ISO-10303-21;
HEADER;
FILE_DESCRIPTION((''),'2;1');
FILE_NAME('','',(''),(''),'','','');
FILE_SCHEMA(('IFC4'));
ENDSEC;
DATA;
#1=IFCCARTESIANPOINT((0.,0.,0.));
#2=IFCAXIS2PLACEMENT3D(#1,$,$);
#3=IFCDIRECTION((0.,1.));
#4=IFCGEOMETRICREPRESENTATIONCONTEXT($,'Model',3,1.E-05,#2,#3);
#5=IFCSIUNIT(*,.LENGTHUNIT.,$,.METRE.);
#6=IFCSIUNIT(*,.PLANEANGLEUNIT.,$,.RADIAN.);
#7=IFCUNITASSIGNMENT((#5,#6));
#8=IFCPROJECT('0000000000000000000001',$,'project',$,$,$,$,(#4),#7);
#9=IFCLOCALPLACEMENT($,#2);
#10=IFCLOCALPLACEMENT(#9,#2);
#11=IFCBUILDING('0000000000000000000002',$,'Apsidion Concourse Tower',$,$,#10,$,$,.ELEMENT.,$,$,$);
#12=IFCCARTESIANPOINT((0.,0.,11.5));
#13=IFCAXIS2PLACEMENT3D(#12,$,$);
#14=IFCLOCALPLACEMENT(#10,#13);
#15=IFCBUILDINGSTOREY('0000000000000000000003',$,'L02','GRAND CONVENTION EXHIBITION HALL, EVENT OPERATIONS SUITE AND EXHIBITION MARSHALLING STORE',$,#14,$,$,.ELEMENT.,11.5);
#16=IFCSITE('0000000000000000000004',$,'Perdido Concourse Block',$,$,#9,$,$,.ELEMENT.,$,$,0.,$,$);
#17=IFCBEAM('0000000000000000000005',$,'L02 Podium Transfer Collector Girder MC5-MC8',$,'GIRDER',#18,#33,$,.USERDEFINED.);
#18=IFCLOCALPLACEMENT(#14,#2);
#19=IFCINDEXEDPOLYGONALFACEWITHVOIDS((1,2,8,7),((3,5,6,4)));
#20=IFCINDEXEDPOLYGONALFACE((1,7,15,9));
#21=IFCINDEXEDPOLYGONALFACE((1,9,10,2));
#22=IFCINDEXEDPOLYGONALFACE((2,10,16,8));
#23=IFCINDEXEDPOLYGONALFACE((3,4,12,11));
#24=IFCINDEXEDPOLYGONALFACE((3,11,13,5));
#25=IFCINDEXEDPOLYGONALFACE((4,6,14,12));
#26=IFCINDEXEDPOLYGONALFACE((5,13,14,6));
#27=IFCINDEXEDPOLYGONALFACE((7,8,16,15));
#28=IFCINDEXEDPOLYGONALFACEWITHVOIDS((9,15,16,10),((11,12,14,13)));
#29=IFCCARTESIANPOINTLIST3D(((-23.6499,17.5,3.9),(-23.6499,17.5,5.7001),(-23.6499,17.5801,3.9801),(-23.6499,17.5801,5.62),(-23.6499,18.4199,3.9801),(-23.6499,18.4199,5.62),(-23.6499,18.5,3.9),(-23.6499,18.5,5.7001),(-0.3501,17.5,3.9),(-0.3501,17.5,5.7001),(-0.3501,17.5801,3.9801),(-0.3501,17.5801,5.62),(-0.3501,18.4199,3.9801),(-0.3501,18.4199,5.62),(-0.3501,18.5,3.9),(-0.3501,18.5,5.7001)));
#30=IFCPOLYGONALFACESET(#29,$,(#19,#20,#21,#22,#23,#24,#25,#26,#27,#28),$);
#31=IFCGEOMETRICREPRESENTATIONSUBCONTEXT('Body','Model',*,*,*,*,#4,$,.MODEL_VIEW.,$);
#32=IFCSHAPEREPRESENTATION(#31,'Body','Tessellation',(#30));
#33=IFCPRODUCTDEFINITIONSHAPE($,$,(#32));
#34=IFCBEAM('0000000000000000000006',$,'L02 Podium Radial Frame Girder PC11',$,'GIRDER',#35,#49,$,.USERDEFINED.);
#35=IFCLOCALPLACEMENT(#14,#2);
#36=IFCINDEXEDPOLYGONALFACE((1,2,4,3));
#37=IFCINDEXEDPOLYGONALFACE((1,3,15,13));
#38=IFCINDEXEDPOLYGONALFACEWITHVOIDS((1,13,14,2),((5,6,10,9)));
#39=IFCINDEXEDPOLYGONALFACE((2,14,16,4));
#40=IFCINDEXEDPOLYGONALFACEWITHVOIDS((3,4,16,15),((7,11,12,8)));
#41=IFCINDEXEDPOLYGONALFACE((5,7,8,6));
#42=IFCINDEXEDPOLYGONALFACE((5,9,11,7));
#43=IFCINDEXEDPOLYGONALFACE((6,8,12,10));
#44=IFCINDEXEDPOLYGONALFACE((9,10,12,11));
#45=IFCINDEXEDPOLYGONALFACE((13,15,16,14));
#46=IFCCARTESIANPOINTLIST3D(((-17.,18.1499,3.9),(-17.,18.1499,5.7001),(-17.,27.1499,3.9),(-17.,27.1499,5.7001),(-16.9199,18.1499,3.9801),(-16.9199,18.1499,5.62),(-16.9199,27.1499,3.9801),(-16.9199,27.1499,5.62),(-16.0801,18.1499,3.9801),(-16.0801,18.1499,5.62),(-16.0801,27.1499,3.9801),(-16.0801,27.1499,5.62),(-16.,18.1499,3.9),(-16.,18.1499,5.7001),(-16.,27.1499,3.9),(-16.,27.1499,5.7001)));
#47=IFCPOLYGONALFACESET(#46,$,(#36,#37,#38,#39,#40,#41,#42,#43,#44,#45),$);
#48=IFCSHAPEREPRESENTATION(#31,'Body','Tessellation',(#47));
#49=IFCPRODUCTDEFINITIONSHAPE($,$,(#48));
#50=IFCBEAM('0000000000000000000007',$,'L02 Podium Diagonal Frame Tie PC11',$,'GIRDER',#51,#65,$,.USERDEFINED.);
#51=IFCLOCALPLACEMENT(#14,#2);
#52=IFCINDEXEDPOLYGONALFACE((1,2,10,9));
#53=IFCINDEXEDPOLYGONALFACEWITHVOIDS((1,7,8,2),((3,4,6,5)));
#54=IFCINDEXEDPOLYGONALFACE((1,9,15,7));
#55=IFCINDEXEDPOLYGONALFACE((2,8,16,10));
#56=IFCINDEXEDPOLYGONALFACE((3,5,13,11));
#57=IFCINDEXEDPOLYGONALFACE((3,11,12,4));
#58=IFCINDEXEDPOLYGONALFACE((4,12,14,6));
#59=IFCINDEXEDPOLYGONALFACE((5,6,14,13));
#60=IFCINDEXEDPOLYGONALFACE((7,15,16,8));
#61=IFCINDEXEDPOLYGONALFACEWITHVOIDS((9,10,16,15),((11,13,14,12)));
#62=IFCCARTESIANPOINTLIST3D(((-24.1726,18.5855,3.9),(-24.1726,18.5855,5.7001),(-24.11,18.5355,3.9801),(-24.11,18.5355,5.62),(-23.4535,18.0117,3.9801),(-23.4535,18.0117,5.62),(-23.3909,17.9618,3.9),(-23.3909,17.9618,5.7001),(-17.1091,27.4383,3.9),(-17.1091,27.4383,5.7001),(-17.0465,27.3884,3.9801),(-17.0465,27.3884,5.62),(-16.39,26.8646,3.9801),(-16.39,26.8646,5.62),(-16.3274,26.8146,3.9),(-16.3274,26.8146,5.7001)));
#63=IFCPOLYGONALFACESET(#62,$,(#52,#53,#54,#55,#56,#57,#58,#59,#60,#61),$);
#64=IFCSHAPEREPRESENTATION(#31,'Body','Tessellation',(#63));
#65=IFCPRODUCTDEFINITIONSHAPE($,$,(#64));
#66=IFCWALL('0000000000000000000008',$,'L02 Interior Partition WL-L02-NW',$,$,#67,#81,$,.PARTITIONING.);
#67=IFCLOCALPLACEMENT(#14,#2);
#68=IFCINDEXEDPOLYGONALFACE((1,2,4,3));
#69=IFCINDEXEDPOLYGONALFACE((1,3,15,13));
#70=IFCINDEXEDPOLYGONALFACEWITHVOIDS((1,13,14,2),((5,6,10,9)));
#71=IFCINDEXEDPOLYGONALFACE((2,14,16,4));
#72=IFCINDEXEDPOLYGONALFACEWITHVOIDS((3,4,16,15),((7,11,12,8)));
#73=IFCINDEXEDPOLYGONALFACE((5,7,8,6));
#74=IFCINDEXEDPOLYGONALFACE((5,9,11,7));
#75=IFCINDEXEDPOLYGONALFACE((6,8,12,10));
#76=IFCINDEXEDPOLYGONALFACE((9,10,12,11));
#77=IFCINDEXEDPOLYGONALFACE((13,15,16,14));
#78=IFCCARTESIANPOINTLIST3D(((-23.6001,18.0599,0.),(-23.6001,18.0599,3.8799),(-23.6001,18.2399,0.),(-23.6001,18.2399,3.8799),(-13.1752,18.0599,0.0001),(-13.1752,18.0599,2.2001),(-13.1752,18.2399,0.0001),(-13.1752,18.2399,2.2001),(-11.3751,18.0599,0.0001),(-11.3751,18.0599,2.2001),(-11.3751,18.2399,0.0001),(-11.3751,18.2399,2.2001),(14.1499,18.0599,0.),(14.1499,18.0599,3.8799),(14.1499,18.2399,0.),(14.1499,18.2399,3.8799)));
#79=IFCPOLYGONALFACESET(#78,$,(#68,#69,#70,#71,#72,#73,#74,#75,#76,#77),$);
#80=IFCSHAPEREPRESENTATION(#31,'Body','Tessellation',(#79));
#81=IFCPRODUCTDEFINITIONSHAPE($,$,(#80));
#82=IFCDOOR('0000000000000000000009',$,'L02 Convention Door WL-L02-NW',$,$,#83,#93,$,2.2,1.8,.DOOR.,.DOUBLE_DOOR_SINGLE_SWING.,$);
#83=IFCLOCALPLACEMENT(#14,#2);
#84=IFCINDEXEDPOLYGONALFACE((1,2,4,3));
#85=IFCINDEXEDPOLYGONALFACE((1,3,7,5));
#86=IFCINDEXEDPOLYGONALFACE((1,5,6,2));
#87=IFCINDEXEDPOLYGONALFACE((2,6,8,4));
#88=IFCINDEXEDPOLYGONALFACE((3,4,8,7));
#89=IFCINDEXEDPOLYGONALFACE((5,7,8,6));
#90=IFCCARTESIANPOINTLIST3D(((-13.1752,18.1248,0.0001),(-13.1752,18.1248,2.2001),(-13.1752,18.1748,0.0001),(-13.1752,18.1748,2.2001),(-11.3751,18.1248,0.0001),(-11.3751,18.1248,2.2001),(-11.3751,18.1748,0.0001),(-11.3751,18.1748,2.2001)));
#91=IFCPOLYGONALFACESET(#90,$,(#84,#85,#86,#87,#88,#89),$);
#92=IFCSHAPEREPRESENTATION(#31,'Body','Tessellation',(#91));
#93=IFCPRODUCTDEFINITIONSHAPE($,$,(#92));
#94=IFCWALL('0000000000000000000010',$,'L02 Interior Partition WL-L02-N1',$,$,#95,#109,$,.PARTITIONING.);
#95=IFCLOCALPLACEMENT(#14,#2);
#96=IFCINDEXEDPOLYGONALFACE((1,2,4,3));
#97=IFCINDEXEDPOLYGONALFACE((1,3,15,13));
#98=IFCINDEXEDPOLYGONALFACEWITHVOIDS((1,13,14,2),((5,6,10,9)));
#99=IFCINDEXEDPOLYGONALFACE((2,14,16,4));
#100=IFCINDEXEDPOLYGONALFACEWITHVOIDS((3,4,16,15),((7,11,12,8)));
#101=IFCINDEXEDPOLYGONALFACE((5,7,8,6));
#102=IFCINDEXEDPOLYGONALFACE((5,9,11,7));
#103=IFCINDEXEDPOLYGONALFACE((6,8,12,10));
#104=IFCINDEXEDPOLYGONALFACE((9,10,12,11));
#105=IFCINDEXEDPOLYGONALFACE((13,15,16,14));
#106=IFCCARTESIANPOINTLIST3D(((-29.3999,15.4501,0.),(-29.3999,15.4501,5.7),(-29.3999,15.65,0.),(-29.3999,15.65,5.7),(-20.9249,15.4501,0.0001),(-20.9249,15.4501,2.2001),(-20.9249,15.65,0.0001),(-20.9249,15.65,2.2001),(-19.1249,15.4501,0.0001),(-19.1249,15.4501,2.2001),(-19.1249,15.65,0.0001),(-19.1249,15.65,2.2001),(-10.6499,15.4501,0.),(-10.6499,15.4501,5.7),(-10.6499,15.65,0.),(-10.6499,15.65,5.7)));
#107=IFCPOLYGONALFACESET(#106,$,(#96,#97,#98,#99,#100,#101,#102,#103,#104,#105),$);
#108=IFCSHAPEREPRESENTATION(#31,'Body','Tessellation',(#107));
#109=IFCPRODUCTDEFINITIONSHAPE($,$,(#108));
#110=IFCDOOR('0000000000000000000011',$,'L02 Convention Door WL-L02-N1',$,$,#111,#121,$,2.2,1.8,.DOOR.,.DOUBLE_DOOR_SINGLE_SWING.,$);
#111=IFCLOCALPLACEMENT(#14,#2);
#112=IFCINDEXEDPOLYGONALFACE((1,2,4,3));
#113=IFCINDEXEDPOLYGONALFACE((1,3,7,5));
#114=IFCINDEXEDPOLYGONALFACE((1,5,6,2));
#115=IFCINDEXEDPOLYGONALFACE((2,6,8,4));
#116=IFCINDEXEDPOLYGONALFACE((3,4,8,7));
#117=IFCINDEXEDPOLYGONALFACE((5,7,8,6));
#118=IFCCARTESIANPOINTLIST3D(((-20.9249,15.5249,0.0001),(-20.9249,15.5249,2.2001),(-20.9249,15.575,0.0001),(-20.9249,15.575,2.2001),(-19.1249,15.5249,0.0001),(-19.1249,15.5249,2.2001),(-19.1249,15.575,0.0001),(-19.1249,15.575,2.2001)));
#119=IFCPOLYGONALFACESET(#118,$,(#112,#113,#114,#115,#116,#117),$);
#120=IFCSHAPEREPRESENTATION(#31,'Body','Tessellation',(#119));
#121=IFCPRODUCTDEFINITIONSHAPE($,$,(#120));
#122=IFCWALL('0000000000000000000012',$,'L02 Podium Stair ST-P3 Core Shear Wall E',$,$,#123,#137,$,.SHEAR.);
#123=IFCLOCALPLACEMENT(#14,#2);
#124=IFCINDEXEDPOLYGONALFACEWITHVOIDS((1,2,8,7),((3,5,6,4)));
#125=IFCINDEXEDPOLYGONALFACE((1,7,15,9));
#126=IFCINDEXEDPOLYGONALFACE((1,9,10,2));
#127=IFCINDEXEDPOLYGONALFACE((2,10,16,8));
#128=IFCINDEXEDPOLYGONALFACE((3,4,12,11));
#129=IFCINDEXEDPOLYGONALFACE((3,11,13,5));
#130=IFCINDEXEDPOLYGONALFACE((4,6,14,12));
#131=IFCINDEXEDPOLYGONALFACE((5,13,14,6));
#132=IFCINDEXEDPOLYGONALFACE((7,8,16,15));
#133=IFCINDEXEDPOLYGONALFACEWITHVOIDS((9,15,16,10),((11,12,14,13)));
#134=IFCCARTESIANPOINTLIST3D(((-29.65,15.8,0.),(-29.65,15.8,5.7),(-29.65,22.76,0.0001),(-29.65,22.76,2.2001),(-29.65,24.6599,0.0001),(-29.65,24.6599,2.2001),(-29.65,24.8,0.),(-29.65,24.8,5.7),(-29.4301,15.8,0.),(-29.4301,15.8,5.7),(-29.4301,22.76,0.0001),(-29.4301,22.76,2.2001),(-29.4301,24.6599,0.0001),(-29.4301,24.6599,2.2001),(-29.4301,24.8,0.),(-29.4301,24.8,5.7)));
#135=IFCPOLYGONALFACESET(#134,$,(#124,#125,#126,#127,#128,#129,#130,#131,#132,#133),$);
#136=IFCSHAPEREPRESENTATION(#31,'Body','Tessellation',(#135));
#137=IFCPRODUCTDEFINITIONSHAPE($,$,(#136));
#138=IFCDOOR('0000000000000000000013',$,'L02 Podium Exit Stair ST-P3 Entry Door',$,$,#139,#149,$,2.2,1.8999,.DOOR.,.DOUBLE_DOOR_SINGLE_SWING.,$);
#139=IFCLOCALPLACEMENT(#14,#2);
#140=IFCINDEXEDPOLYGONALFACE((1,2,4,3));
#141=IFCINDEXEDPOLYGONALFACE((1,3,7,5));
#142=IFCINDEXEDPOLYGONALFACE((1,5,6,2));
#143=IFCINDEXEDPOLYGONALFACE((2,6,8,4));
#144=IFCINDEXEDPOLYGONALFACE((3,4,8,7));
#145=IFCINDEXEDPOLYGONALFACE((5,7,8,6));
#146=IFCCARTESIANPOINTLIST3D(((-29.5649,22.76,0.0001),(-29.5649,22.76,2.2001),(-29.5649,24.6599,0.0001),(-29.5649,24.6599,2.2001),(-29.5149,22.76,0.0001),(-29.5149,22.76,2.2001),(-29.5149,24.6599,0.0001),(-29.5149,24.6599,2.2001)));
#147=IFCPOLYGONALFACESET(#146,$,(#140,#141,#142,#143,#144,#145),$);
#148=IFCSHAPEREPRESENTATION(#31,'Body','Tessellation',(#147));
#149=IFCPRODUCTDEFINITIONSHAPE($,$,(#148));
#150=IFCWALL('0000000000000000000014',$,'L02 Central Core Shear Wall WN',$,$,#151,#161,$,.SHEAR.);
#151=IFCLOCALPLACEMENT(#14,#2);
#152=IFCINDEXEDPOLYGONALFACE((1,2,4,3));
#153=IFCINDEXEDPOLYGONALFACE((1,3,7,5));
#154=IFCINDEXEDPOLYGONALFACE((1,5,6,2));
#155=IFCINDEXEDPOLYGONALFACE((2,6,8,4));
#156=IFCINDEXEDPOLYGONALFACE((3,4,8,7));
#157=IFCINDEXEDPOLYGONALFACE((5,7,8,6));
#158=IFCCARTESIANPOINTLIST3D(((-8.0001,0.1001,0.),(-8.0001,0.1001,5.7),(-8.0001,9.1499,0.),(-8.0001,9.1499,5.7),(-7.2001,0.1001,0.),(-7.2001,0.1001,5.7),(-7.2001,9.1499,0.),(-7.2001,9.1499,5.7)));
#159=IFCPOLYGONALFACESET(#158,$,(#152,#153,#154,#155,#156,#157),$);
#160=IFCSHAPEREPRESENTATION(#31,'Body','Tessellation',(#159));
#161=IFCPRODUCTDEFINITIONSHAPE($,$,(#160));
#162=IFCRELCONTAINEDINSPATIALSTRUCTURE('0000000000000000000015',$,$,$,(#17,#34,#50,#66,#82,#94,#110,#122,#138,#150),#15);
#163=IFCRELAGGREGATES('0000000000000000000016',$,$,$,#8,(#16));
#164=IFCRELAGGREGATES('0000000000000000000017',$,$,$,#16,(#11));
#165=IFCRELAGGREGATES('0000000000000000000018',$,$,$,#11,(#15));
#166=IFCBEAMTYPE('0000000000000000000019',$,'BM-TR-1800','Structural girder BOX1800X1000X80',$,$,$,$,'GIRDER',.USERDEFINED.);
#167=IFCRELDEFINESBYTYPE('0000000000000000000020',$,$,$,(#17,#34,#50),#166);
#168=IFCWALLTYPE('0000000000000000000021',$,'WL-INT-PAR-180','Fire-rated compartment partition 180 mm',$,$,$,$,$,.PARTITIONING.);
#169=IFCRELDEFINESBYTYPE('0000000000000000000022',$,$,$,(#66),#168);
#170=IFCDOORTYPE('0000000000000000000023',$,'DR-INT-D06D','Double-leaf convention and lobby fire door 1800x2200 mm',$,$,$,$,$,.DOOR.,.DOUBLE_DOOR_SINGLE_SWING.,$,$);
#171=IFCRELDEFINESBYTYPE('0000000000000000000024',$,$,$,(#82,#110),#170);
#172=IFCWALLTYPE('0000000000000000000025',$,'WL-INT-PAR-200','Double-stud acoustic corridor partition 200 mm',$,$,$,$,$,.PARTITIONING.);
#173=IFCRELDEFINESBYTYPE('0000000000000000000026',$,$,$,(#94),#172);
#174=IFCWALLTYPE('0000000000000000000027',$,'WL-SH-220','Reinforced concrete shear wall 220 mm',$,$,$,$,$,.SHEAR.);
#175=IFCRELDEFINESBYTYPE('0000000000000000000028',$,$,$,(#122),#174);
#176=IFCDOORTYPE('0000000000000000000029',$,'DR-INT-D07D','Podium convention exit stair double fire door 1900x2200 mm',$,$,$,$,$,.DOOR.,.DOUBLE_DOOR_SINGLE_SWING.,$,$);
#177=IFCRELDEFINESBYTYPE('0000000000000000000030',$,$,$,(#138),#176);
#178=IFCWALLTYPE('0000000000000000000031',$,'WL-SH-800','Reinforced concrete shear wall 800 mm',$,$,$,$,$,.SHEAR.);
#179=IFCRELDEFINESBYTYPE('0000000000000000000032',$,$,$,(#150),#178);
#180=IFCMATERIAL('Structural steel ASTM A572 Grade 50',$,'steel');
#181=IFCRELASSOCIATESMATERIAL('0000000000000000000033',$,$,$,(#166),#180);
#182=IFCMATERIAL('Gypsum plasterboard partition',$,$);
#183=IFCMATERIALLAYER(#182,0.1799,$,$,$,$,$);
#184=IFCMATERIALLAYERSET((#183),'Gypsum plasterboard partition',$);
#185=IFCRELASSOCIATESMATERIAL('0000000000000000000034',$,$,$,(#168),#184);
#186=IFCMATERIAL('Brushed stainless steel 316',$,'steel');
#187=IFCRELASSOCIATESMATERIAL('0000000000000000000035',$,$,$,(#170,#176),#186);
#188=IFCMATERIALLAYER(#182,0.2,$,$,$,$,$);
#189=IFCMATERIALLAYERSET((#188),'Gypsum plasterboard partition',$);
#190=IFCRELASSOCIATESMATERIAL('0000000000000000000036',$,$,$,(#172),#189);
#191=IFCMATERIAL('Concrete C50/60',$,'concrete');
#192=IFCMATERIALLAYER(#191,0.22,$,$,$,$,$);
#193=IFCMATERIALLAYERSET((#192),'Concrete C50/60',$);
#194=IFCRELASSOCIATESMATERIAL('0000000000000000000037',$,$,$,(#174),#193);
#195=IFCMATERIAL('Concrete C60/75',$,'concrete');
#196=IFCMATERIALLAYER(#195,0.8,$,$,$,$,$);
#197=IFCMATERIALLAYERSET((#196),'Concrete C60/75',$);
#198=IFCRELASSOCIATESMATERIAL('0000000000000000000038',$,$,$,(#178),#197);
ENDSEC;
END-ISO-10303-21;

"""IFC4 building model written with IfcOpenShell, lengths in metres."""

from ifc_helpers import new_model, si_unit, direction, frame, frame_2d, origin, origin_2d, place, context, subcontext, project, spatial, rectangle, hollow_rectangle, extrude, material, layer, layer_set, material_profile, profile_set, type_object, element, fill, save


model = new_model("IFC4")

# Units and contexts
model_context = context("Model", 3, precision=1e-05, world=origin(), true_north=direction((0.0, 1.0)))
body_context = subcontext(model_context, "Body", "Model", "MODEL_VIEW")
ifc_project = project(units=[si_unit("LENGTHUNIT", "METRE"), si_unit("PLANEANGLEUNIT", "RADIAN")], contexts=[model_context])

# Site, building, storey
site_placement = place(None, origin())
site = spatial("IfcSite", under=ifc_project, at=site_placement, Name="Perdido Concourse Block", CompositionType="ELEMENT", RefElevation=0.0)
building_placement = place(site_placement, origin())
building = spatial("IfcBuilding", under=site, at=building_placement, Name="Apsidion Concourse Tower", CompositionType="ELEMENT")
storey_placement = place(building_placement, frame((0.0, 0.0, 11.5)))
storey = spatial("IfcBuildingStorey", under=building, at=storey_placement, Name="L02", Description="GRAND CONVENTION EXHIBITION HALL, EVENT OPERATIONS SUITE AND EXHIBITION MARSHALLING STORE", CompositionType="ELEMENT", Elevation=11.5)

# Shared definitions
ifc_material_1 = material(Name="Structural steel ASTM A572 Grade 50", Category="steel")
ifc_material_2 = material(Name="Concrete C50/60", Category="concrete")
ifc_material_3 = material(Name="Concrete C60/75", Category="concrete")

# Beams
ifc_material_profile_1 = material_profile(ifc_material_1, hollow_rectangle(XDim=1.0, YDim=1.8, WallThickness=0.0801, at=origin_2d()), Name="BOX1800X1000X80")
ifc_profile_set_1 = profile_set([ifc_material_profile_1], Name="Structural steel ASTM A572 Grade 50")
beam_type_1 = type_object("IfcBeamType", Name="BM-TR-1800", Description="Structural girder BOX1800X1000X80", ElementType="GIRDER", PredefinedType="USERDEFINED", material=ifc_profile_set_1)
beam_1_placement = place(storey_placement, frame((-23.6499, 18.0, 4.8), z_axis=(1.0, 0.0, 0.0), x_axis=(0.0, 1.0, 0.0)))
element("IfcBeam", 1, at=beam_1_placement, inside=storey, type_object=beam_type_1, Name="L02 Podium Transfer Collector Girder MC5-MC8", ObjectType="GIRDER", PredefinedType="USERDEFINED", context=body_context, shape_type="SweptSolid", body=[
    extrude(hollow_rectangle(XDim=1.0, YDim=1.8, WallThickness=0.0801, at=origin_2d()), origin(), (0.0, 0.0, 1.0), 23.2998),
])
beam_2_placement = place(storey_placement, frame((-16.5, 27.1499, 4.8), z_axis=(0.0, -1.0, 0.0), x_axis=(1.0, 0.0, 0.0)))
element("IfcBeam", 2, at=beam_2_placement, inside=storey, type_object=beam_type_1, Name="L02 Podium Radial Frame Girder PC11", ObjectType="GIRDER", PredefinedType="USERDEFINED", context=body_context, shape_type="SweptSolid", body=[
    extrude(hollow_rectangle(XDim=1.0, YDim=1.8, WallThickness=0.0801, at=origin_2d()), origin(), (0.0, 0.0, 1.0), 9.0),
])
beam_3_placement = place(storey_placement, frame((-16.7183, 27.1265, 4.8), z_axis=(-0.623685, -0.781676, 0.0), x_axis=(0.781676, -0.623685, 0.0)))
element("IfcBeam", 3, at=beam_3_placement, inside=storey, type_object=beam_type_1, Name="L02 Podium Diagonal Frame Tie PC11", ObjectType="GIRDER", PredefinedType="USERDEFINED", context=body_context, shape_type="SweptSolid", body=[
    extrude(hollow_rectangle(XDim=1.0, YDim=1.8, WallThickness=0.0801, at=origin_2d()), origin(), (0.0, 0.0, 1.0), 11.3254),
])

# Walls, openings, doors
ifc_material_4 = material(Name="Gypsum plasterboard partition")
ifc_layer_1 = layer(ifc_material_4, 0.1799)
ifc_layer_set_1 = layer_set([ifc_layer_1], Name="Gypsum plasterboard partition")
wall_type_1 = type_object("IfcWallType", Name="WL-INT-PAR-180", Description="Fire-rated compartment partition 180 mm", PredefinedType="PARTITIONING", material=ifc_layer_set_1)
wall_1_placement = place(storey_placement, frame((-23.6001, 18.1499, 0.0), z_axis=(0.0, 0.0, 1.0), x_axis=(1.0, 0.0, 0.0)))
wall_1 = element("IfcWall", 4, at=wall_1_placement, inside=storey, type_object=wall_type_1, Name="L02 Interior Partition WL-L02-NW", PredefinedType="PARTITIONING", context=body_context, shape_type="SweptSolid", body=[
    extrude(rectangle(XDim=37.75, YDim=0.1799, at=frame_2d((18.875, 0.0))), origin(), (0.0, 0.0, 1.0), 3.8799),
])
opening_1_placement = place(wall_1_placement, frame((10.425, 0.0, 0.0)))
opening_1 = element("IfcOpeningElement", 5, at=opening_1_placement, cuts=wall_1, PredefinedType="OPENING", context=body_context, shape_type="SweptSolid", body=[
    extrude(rectangle(XDim=1.8, YDim=2.2, at=frame_2d((0.8999, 1.1001))), frame((0.0, 0.1001, 0.0), z_axis=(0.0, -1.0, 0.0), x_axis=(1.0, 0.0, 0.0)), (0.0, 0.0, 1.0), 0.2),
])
ifc_material_5 = material(Name="Brushed stainless steel 316", Category="steel")
door_type_1 = type_object("IfcDoorType", Name="DR-INT-D06D", Description="Double-leaf convention and lobby fire door 1800x2200 mm", OperationType="DOUBLE_DOOR_SINGLE_SWING", PredefinedType="DOOR", material=ifc_material_5)
door_1_placement = place(opening_1_placement, origin())
door_1 = element("IfcDoor", 6, at=door_1_placement, inside=storey, type_object=door_type_1, Name="L02 Convention Door WL-L02-NW", OperationType="DOUBLE_DOOR_SINGLE_SWING", OverallHeight=2.2, OverallWidth=1.8, PredefinedType="DOOR", context=body_context, shape_type="SweptSolid", body=[
    extrude(rectangle(XDim=1.8, YDim=2.2, at=frame_2d((0.8999, 1.1001))), frame((0.0, 0.0249, 0.0), z_axis=(0.0, -1.0, 0.0), x_axis=(1.0, 0.0, 0.0)), (0.0, 0.0, 1.0), 0.05),
])
fill(opening_1, door_1)
ifc_layer_2 = layer(ifc_material_4, 0.2)
ifc_layer_set_2 = layer_set([ifc_layer_2], Name="Gypsum plasterboard partition")
wall_type_2 = type_object("IfcWallType", Name="WL-INT-PAR-200", Description="Double-stud acoustic corridor partition 200 mm", PredefinedType="PARTITIONING", material=ifc_layer_set_2)
wall_2_placement = place(storey_placement, frame((-29.3999, 15.55, 0.0), z_axis=(0.0, 0.0, 1.0), x_axis=(1.0, 0.0, 0.0)))
wall_2 = element("IfcWall", 7, at=wall_2_placement, inside=storey, type_object=wall_type_2, Name="L02 Interior Partition WL-L02-N1", PredefinedType="PARTITIONING", context=body_context, shape_type="SweptSolid", body=[
    extrude(rectangle(XDim=18.75, YDim=0.2, at=frame_2d((9.375, 0.0))), origin(), (0.0, 0.0, 1.0), 5.7),
])
opening_2_placement = place(wall_2_placement, frame((8.4751, 0.0, 0.0)))
opening_2 = element("IfcOpeningElement", 8, at=opening_2_placement, cuts=wall_2, PredefinedType="OPENING", context=body_context, shape_type="SweptSolid", body=[
    extrude(rectangle(XDim=1.8, YDim=2.2, at=frame_2d((0.8999, 1.1001))), frame((0.0, 0.1099, 0.0), z_axis=(0.0, -1.0, 0.0), x_axis=(1.0, 0.0, 0.0)), (0.0, 0.0, 1.0), 0.22),
])
door_2_placement = place(opening_2_placement, origin())
door_2 = element("IfcDoor", 9, at=door_2_placement, inside=storey, type_object=door_type_1, Name="L02 Convention Door WL-L02-N1", OperationType="DOUBLE_DOOR_SINGLE_SWING", OverallHeight=2.2, OverallWidth=1.8, PredefinedType="DOOR", context=body_context, shape_type="SweptSolid", body=[
    extrude(rectangle(XDim=1.8, YDim=2.2, at=frame_2d((0.8999, 1.1001))), frame((0.0, 0.0249, 0.0), z_axis=(0.0, -1.0, 0.0), x_axis=(1.0, 0.0, 0.0)), (0.0, 0.0, 1.0), 0.05),
])
fill(opening_2, door_2)
ifc_layer_3 = layer(ifc_material_2, 0.22)
ifc_layer_set_3 = layer_set([ifc_layer_3], Name="Concrete C50/60")
wall_type_3 = type_object("IfcWallType", Name="WL-SH-220", Description="Reinforced concrete shear wall 220 mm", PredefinedType="SHEAR", material=ifc_layer_set_3)
wall_3_placement = place(storey_placement, frame((-29.54, 15.8, 0.0), z_axis=(0.0, 0.0, 1.0), x_axis=(0.0, 1.0, 0.0)))
wall_3 = element("IfcWall", 10, at=wall_3_placement, inside=storey, type_object=wall_type_3, Name="L02 Podium Stair ST-P3 Core Shear Wall E", PredefinedType="SHEAR", context=body_context, shape_type="SweptSolid", body=[
    extrude(rectangle(XDim=9.0, YDim=0.22, at=frame_2d((4.5, 0.0))), origin(), (0.0, 0.0, 1.0), 5.7),
])
opening_3_placement = place(wall_3_placement, frame((6.96, 0.0, 0.0)))
opening_3 = element("IfcOpeningElement", 11, at=opening_3_placement, cuts=wall_3, PredefinedType="OPENING", context=body_context, shape_type="SweptSolid", body=[
    extrude(rectangle(XDim=1.8999, YDim=2.2, at=frame_2d((0.95, 1.1001))), frame((0.0, 0.1201, 0.0), z_axis=(0.0, -1.0, 0.0), x_axis=(1.0, 0.0, 0.0)), (0.0, 0.0, 1.0), 0.24),
])
door_type_2 = type_object("IfcDoorType", Name="DR-INT-D07D", Description="Podium convention exit stair double fire door 1900x2200 mm", OperationType="DOUBLE_DOOR_SINGLE_SWING", PredefinedType="DOOR", material=ifc_material_5)
door_3_placement = place(opening_3_placement, origin())
door_3 = element("IfcDoor", 12, at=door_3_placement, inside=storey, type_object=door_type_2, Name="L02 Podium Exit Stair ST-P3 Entry Door", OperationType="DOUBLE_DOOR_SINGLE_SWING", OverallHeight=2.2, OverallWidth=1.8999, PredefinedType="DOOR", context=body_context, shape_type="SweptSolid", body=[
    extrude(rectangle(XDim=1.8999, YDim=2.2, at=frame_2d((0.95, 1.1001))), frame((0.0, 0.0249, 0.0), z_axis=(0.0, -1.0, 0.0), x_axis=(1.0, 0.0, 0.0)), (0.0, 0.0, 1.0), 0.05),
])
fill(opening_3, door_3)

# Wall
ifc_layer_4 = layer(ifc_material_3, 0.8)
ifc_layer_set_4 = layer_set([ifc_layer_4], Name="Concrete C60/75")
wall_type_4 = type_object("IfcWallType", Name="WL-SH-800", Description="Reinforced concrete shear wall 800 mm", PredefinedType="SHEAR", material=ifc_layer_set_4)
wall_4_placement = place(storey_placement, frame((-7.6001, 0.1001, 0.0), z_axis=(0.0, 0.0, 1.0), x_axis=(0.0, 1.0, 0.0)))
element("IfcWall", 13, at=wall_4_placement, inside=storey, type_object=wall_type_4, Name="L02 Central Core Shear Wall WN", PredefinedType="SHEAR", context=body_context, shape_type="SweptSolid", body=[
    extrude(rectangle(XDim=9.0498, YDim=0.8, at=frame_2d((4.5249, 0.0))), origin(), (0.0, 0.0, 1.0), 5.7),
])

save(model, "model.ifc")
